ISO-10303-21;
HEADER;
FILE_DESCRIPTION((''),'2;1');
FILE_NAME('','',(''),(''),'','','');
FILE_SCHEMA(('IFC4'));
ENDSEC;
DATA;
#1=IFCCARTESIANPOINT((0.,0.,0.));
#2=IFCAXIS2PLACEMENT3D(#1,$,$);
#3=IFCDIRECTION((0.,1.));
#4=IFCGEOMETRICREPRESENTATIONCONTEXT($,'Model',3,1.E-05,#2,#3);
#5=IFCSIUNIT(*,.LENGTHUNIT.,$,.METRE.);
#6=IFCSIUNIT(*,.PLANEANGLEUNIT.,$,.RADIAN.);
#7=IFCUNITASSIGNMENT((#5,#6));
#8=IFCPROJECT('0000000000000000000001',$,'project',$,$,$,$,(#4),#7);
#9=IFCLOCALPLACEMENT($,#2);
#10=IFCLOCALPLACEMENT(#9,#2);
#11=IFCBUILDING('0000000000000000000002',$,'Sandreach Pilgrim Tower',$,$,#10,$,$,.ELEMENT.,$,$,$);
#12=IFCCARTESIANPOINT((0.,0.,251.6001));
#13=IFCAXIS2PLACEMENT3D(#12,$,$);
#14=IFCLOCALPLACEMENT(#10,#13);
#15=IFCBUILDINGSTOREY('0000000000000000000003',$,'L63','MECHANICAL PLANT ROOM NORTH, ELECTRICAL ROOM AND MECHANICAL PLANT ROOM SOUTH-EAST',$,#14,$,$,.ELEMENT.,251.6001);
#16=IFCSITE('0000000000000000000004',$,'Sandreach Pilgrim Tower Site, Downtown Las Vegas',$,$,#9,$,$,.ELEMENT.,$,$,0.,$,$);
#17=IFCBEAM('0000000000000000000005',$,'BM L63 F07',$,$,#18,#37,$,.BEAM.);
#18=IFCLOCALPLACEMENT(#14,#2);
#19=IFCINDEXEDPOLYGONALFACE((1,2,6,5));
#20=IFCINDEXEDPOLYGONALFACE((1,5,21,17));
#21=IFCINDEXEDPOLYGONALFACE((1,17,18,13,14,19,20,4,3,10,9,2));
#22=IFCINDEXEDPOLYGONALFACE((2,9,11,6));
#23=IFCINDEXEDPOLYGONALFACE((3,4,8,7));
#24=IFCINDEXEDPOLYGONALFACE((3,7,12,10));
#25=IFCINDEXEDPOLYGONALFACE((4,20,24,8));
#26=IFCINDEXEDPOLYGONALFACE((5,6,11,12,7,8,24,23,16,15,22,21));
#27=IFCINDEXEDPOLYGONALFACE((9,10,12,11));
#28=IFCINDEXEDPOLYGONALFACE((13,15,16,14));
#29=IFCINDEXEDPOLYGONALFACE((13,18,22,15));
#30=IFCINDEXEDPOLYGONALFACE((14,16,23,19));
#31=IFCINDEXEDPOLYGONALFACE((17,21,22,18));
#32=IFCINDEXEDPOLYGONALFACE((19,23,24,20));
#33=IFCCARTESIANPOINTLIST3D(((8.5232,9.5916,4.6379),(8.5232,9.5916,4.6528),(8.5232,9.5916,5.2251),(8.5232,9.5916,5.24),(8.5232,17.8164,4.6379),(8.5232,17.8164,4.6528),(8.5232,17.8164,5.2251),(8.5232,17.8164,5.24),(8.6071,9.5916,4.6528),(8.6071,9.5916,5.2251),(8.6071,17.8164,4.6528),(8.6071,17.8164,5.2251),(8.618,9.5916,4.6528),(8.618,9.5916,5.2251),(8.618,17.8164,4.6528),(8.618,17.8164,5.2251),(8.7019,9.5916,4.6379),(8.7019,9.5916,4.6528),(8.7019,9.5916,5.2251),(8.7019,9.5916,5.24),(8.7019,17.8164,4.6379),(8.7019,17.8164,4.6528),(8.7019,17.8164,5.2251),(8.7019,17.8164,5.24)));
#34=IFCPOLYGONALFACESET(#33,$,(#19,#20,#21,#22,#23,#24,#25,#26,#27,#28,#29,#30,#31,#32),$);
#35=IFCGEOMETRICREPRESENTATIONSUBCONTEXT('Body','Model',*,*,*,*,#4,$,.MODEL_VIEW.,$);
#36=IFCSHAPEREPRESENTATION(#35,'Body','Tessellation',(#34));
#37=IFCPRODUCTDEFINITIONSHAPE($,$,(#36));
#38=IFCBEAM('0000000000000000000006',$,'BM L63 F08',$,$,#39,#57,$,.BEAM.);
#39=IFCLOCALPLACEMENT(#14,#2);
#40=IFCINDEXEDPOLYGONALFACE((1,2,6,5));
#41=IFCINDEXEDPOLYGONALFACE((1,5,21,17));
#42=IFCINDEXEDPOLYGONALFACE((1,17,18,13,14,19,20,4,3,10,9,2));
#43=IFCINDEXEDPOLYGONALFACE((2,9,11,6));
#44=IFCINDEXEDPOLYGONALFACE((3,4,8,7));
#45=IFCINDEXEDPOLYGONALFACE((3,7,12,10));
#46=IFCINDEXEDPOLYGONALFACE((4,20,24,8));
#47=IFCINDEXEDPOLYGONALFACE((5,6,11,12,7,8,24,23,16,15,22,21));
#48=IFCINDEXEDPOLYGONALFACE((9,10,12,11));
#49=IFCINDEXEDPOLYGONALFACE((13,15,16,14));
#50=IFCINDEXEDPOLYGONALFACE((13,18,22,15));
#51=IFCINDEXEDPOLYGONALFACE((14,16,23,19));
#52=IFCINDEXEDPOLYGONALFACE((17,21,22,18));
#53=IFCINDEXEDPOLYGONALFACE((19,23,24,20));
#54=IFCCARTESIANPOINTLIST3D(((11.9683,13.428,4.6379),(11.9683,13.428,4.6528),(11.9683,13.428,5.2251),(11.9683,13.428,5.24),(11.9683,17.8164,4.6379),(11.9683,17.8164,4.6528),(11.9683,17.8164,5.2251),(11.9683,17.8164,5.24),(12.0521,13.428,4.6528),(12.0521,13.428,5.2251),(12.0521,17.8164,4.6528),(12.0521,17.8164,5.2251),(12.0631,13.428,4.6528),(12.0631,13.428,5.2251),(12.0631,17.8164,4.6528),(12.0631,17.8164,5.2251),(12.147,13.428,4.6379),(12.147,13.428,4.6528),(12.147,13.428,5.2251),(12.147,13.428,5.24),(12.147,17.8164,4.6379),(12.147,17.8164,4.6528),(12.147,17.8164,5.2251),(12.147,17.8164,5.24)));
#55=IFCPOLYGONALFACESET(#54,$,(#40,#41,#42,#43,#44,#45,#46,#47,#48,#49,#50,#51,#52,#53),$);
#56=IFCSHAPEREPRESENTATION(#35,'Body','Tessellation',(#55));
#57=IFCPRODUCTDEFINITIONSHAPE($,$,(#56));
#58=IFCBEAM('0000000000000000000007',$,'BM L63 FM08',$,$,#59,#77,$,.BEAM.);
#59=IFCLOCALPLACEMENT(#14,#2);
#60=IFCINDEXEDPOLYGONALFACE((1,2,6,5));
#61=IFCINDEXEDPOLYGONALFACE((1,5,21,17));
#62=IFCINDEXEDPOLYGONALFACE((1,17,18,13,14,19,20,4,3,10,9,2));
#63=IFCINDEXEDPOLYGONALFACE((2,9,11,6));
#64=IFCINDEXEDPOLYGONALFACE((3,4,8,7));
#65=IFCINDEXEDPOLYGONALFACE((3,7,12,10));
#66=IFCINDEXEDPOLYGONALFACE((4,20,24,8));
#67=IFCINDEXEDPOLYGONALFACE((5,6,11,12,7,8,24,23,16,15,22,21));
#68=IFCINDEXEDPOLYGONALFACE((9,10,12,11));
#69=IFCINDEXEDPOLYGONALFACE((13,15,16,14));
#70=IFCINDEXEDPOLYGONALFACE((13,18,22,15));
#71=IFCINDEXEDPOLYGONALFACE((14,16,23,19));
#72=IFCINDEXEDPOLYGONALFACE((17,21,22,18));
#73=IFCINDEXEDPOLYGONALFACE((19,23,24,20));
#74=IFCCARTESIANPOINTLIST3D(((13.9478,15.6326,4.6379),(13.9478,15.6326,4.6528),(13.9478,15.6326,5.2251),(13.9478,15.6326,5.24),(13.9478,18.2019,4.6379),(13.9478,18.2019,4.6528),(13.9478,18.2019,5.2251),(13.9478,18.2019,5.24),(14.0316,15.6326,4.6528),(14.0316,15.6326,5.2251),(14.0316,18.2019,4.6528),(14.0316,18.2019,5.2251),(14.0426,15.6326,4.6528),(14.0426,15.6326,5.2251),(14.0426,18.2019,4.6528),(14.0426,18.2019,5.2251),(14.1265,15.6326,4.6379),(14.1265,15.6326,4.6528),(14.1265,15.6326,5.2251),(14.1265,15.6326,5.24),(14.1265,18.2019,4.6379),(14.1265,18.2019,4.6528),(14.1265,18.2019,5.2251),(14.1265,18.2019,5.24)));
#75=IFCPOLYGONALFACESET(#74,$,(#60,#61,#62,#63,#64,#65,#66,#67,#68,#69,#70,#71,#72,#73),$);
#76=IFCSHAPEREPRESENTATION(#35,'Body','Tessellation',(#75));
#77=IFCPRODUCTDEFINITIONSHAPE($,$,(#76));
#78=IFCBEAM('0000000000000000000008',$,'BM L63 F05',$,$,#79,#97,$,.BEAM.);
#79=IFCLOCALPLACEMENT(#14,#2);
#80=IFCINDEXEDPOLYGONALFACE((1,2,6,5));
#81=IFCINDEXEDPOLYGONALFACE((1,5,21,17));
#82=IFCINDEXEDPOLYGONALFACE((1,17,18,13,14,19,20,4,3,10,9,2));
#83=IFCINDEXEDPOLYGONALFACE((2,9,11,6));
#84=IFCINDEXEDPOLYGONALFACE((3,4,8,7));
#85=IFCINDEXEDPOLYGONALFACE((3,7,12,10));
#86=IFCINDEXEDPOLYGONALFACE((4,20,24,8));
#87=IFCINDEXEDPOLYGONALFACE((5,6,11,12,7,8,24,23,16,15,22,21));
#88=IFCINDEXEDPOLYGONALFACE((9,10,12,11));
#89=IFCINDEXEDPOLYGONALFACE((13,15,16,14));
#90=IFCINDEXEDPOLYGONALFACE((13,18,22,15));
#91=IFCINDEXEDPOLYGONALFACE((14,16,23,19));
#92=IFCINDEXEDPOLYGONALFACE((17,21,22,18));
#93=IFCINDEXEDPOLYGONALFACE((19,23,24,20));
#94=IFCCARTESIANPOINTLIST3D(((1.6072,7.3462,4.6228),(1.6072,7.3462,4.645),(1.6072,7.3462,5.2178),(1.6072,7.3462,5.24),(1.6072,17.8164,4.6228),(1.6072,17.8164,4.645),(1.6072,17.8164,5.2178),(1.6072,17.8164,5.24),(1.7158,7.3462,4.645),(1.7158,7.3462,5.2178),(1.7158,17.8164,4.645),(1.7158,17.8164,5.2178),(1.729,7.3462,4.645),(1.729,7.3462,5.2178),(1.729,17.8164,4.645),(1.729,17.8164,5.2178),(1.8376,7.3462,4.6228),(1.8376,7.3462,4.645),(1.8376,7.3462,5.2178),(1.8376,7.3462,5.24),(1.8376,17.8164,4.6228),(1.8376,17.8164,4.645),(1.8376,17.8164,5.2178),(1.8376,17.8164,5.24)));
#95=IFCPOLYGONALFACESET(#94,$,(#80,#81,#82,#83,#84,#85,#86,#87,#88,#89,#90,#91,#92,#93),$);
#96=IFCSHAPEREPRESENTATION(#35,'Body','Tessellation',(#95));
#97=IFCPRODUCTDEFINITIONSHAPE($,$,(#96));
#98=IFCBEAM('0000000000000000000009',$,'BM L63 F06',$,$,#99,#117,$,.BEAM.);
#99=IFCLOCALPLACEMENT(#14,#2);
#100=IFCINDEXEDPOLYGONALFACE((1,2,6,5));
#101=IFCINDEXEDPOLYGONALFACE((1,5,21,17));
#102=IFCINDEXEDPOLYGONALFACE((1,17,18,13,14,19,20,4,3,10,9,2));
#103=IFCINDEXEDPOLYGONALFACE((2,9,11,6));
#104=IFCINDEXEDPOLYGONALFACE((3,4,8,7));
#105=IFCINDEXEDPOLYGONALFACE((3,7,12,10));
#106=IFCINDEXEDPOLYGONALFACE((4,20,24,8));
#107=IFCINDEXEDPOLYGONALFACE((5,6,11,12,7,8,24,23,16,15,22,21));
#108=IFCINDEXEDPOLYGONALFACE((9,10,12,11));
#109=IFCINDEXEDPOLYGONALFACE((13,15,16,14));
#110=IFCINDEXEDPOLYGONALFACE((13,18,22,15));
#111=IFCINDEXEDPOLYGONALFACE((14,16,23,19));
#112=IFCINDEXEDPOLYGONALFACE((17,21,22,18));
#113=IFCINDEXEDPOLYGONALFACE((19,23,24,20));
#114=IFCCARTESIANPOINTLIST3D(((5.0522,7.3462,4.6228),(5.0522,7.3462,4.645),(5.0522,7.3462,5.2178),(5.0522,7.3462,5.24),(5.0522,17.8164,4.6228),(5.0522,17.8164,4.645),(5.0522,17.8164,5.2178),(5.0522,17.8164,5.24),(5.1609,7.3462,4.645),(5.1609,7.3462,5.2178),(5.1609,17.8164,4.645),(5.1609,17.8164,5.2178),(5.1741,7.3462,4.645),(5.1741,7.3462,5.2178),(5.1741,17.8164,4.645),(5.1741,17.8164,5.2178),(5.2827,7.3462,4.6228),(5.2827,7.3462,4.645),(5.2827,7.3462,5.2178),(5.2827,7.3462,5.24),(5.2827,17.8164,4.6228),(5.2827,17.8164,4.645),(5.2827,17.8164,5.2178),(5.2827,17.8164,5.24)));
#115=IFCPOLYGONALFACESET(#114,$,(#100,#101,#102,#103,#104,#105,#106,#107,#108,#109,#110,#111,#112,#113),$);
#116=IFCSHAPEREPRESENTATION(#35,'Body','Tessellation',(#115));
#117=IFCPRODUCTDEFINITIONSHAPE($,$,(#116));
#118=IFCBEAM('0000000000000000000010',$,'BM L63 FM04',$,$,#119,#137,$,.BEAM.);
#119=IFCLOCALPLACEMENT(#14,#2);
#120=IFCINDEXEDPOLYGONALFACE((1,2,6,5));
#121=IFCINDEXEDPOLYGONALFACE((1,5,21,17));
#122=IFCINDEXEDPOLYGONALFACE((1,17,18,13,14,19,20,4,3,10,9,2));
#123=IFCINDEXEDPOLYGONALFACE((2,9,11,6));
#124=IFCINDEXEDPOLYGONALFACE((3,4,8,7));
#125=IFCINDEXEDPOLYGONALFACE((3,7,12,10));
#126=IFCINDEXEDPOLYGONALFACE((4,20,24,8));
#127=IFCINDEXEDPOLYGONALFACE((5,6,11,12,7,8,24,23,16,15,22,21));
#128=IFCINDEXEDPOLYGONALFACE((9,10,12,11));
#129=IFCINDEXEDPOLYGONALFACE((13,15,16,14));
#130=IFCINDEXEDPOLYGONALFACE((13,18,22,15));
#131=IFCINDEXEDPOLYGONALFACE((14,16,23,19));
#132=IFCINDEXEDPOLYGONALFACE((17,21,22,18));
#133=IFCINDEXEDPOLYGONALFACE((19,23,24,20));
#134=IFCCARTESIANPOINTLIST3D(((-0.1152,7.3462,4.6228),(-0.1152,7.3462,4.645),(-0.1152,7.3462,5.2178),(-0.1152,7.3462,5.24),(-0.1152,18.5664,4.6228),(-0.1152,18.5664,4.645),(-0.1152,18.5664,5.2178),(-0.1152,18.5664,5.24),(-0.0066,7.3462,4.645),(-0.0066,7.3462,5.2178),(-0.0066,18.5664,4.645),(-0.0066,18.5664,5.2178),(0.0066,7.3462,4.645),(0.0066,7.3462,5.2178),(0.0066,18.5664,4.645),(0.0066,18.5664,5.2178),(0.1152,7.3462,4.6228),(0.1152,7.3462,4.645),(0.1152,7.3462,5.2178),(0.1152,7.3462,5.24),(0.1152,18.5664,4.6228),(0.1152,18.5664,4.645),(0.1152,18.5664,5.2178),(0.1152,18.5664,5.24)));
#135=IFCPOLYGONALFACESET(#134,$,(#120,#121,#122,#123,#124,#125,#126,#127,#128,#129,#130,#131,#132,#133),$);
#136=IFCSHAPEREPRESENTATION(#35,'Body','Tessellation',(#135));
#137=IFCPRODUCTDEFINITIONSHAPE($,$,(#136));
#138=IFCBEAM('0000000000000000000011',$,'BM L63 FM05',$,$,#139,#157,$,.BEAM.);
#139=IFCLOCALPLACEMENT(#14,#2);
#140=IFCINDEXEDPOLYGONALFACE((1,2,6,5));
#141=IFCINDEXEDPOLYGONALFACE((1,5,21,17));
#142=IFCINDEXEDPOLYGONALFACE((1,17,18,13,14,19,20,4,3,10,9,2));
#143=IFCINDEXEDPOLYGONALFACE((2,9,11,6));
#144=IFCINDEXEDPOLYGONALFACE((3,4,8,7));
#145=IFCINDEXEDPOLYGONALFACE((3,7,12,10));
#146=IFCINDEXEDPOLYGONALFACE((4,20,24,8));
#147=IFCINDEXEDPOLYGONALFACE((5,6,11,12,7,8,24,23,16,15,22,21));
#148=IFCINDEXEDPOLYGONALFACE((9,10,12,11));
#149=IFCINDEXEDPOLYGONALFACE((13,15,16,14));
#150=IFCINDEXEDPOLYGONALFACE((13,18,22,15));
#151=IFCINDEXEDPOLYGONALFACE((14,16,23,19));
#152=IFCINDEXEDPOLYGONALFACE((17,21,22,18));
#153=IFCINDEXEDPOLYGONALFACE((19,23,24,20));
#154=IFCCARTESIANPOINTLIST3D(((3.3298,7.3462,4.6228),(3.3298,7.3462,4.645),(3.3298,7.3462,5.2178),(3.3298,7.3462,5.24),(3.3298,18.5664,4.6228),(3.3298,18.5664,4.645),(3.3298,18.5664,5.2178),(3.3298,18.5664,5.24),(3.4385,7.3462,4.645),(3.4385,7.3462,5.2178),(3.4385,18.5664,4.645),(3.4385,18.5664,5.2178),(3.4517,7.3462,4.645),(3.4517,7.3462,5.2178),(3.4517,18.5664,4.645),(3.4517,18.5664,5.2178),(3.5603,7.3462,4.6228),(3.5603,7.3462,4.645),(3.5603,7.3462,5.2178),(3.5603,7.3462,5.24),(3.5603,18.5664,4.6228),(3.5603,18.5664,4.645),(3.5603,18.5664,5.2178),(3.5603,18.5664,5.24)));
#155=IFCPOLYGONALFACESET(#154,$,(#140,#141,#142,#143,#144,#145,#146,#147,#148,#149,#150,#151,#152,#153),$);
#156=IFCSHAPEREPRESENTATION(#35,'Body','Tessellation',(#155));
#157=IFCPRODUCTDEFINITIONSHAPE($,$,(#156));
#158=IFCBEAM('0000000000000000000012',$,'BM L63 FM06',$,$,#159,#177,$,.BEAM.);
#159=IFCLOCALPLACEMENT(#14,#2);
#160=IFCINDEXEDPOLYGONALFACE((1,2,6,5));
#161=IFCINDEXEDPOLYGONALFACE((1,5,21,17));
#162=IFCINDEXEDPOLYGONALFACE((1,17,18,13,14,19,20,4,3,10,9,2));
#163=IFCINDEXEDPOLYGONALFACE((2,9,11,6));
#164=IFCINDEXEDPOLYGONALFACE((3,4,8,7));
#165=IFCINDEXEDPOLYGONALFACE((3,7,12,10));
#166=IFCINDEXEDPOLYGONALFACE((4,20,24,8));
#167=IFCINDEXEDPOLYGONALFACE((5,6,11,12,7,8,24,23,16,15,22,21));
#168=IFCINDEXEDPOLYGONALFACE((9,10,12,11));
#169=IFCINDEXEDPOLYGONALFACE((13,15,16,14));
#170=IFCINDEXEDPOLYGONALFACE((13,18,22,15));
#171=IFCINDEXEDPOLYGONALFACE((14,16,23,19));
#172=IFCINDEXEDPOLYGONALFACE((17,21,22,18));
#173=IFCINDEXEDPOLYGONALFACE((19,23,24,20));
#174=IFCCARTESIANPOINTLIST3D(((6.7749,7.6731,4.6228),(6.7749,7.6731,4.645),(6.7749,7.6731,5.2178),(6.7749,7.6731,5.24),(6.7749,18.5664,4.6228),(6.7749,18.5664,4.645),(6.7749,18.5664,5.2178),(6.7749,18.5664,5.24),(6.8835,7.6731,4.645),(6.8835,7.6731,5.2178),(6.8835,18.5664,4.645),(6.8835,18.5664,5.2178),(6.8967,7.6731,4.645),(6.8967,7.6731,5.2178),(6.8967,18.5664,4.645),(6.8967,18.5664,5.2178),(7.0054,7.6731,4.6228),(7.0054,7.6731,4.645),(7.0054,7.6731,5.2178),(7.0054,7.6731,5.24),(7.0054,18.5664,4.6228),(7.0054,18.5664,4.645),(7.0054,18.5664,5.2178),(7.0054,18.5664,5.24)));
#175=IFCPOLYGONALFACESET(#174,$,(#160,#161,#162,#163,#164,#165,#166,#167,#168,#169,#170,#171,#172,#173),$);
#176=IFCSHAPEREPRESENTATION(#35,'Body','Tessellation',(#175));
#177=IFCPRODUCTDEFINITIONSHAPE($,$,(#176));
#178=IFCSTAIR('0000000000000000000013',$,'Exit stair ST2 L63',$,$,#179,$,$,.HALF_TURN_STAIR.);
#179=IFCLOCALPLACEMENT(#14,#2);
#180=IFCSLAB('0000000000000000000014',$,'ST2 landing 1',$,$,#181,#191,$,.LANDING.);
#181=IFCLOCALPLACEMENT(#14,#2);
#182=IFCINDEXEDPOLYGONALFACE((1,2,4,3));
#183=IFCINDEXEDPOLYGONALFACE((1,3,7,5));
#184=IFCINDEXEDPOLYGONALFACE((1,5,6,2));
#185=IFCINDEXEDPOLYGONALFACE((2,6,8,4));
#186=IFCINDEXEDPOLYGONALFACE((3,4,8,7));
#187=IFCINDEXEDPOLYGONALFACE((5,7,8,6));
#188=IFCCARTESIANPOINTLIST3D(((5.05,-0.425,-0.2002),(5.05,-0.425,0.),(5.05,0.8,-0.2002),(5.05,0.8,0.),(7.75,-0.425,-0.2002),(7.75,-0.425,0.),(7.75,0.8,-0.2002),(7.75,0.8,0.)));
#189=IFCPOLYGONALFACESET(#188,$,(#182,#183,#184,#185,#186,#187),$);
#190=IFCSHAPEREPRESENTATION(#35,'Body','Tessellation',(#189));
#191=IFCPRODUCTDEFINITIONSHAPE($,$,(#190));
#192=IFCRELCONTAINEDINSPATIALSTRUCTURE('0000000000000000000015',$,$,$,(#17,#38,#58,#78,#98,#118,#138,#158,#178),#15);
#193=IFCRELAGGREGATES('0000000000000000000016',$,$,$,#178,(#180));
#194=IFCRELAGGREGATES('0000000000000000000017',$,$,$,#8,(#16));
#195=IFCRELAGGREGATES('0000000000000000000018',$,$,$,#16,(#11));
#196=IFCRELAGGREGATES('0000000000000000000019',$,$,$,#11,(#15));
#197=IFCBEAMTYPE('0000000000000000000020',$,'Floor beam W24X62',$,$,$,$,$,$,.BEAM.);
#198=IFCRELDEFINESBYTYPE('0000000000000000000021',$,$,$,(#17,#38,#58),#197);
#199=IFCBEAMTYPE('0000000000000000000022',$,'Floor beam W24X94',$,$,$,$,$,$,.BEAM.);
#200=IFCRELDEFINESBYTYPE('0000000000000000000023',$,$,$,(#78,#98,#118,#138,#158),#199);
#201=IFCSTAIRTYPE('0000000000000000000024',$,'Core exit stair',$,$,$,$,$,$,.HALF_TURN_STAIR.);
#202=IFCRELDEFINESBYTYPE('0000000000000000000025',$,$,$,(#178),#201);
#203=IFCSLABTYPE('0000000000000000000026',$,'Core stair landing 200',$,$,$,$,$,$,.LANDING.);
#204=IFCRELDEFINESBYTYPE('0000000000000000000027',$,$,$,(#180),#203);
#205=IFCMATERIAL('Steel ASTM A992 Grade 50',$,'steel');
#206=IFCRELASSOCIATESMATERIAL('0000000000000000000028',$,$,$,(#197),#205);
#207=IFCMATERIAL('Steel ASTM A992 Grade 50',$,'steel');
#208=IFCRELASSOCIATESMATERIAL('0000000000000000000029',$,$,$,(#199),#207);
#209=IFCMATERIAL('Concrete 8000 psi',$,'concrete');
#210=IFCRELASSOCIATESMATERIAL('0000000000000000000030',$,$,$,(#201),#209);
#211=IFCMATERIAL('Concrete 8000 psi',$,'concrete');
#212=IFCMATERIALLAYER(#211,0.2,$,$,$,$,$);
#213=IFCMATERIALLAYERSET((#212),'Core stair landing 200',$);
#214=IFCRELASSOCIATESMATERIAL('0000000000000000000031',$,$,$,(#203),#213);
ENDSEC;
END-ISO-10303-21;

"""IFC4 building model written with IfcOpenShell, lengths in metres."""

from ifc_helpers import new_model, si_unit, direction, frame, origin, origin_2d, place, context, subcontext, project, spatial, polyline, i_section, outline, extrude, material, layer, layer_set, material_profile, profile_set, type_object, element, aggregate, save


model = new_model("IFC4")

# Units and contexts
model_context = context("Model", 3, precision=1e-05, world=origin(), true_north=direction((0.0, 1.0)))
body_context = subcontext(model_context, "Body", "Model", "MODEL_VIEW")
ifc_project = project(units=[si_unit("LENGTHUNIT", "METRE"), si_unit("PLANEANGLEUNIT", "RADIAN")], contexts=[model_context])

# Site, building, storey
site_placement = place(None, origin())
site = spatial("IfcSite", under=ifc_project, at=site_placement, Name="Sandreach Pilgrim Tower Site, Downtown Las Vegas", CompositionType="ELEMENT", RefElevation=0.0)
building_placement = place(site_placement, origin())
building = spatial("IfcBuilding", under=site, at=building_placement, Name="Sandreach Pilgrim Tower", CompositionType="ELEMENT")
storey_placement = place(building_placement, frame((0.0, 0.0, 251.6001)))
storey = spatial("IfcBuildingStorey", under=building, at=storey_placement, Name="L63", Description="MECHANICAL PLANT ROOM NORTH, ELECTRICAL ROOM AND MECHANICAL PLANT ROOM SOUTH-EAST", CompositionType="ELEMENT", Elevation=251.6001)

# Beams
ifc_material_1 = material(Name="Steel ASTM A992 Grade 50", Category="steel")
ifc_material_profile_1 = material_profile(ifc_material_1, i_section(OverallWidth=0.1787, OverallDepth=0.6021, WebThickness=0.011, FlangeThickness=0.0149, at=origin_2d()), Name="W24X62")
ifc_profile_set_1 = profile_set([ifc_material_profile_1], Name="Steel ASTM A992 Grade 50")
beam_type_1 = type_object("IfcBeamType", Name="Floor beam W24X62", PredefinedType="BEAM", material=ifc_profile_set_1)
beam_1_placement = place(storey_placement, frame((8.6125, 17.8164, 4.939), z_axis=(0.0, -1.0, 0.0), x_axis=(1.0, 0.0, 0.0)))
element("IfcBeam", 1, at=beam_1_placement, inside=storey, type_object=beam_type_1, Name="BM L63 F07", PredefinedType="BEAM", context=body_context, shape_type="SweptSolid", body=[
    extrude(i_section(OverallWidth=0.1787, OverallDepth=0.6021, WebThickness=0.011, FlangeThickness=0.0149, at=origin_2d()), origin(), (0.0, 0.0, 1.0), 8.2249),
])
beam_2_placement = place(storey_placement, frame((12.0576, 17.8164, 4.939), z_axis=(0.0, -1.0, 0.0), x_axis=(1.0, 0.0, 0.0)))
element("IfcBeam", 2, at=beam_2_placement, inside=storey, type_object=beam_type_1, Name="BM L63 F08", PredefinedType="BEAM", context=body_context, shape_type="SweptSolid", body=[
    extrude(i_section(OverallWidth=0.1787, OverallDepth=0.6021, WebThickness=0.011, FlangeThickness=0.0149, at=origin_2d()), origin(), (0.0, 0.0, 1.0), 4.3884),
])
beam_3_placement = place(storey_placement, frame((14.0371, 18.2019, 4.939), z_axis=(0.0, -1.0, 0.0), x_axis=(1.0, 0.0, 0.0)))
element("IfcBeam", 3, at=beam_3_placement, inside=storey, type_object=beam_type_1, Name="BM L63 FM08", PredefinedType="BEAM", context=body_context, shape_type="SweptSolid", body=[
    extrude(i_section(OverallWidth=0.1787, OverallDepth=0.6021, WebThickness=0.011, FlangeThickness=0.0149, at=origin_2d()), origin(), (0.0, 0.0, 1.0), 2.5693),
])
ifc_material_2 = material(Name="Steel ASTM A992 Grade 50", Category="steel")
ifc_material_profile_2 = material_profile(ifc_material_2, i_section(OverallWidth=0.2305, OverallDepth=0.6172, WebThickness=0.0132, FlangeThickness=0.0222, at=origin_2d()), Name="W24X94")
ifc_profile_set_2 = profile_set([ifc_material_profile_2], Name="Steel ASTM A992 Grade 50")
beam_type_2 = type_object("IfcBeamType", Name="Floor beam W24X94", PredefinedType="BEAM", material=ifc_profile_set_2)
for number, where, z_axis, x_axis, name in (
    (4, (1.7224, 17.8164, 4.9314), (0.0, -1.0, 0.0), (1.0, 0.0, 0.0), "BM L63 F05"),
    (5, (5.1675, 17.8164, 4.9314), (0.0, -1.0, 0.0), (1.0, 0.0, 0.0), "BM L63 F06"),
):
    element("IfcBeam", number, at=place(storey_placement, frame(where, z_axis=z_axis, x_axis=x_axis)), inside=storey, type_object=beam_type_2, Name=name, PredefinedType="BEAM", context=body_context, shape_type="SweptSolid", body=[
        extrude(i_section(OverallWidth=0.2305, OverallDepth=0.6172, WebThickness=0.0132, FlangeThickness=0.0222, at=origin_2d()), origin(), (0.0, 0.0, 1.0), 10.4702),
    ])
for number, where, z_axis, x_axis, name in (
    (6, (0.0, 18.5664, 4.9314), (0.0, -1.0, 0.0), (1.0, 0.0, 0.0), "BM L63 FM04"),
    (7, (3.4451, 18.5664, 4.9314), (0.0, -1.0, 0.0), (1.0, 0.0, 0.0), "BM L63 FM05"),
):
    element("IfcBeam", number, at=place(storey_placement, frame(where, z_axis=z_axis, x_axis=x_axis)), inside=storey, type_object=beam_type_2, Name=name, PredefinedType="BEAM", context=body_context, shape_type="SweptSolid", body=[
        extrude(i_section(OverallWidth=0.2305, OverallDepth=0.6172, WebThickness=0.0132, FlangeThickness=0.0222, at=origin_2d()), origin(), (0.0, 0.0, 1.0), 11.2202),
    ])
beam_4_placement = place(storey_placement, frame((6.8901, 18.5664, 4.9314), z_axis=(0.0, -1.0, 0.0), x_axis=(1.0, 0.0, 0.0)))
element("IfcBeam", 8, at=beam_4_placement, inside=storey, type_object=beam_type_2, Name="BM L63 FM06", PredefinedType="BEAM", context=body_context, shape_type="SweptSolid", body=[
    extrude(i_section(OverallWidth=0.2305, OverallDepth=0.6172, WebThickness=0.0132, FlangeThickness=0.0222, at=origin_2d()), origin(), (0.0, 0.0, 1.0), 10.8933),
])

# Stair, slab
ifc_material_3 = material(Name="Concrete 8000 psi", Category="concrete")
stair_type = type_object("IfcStairType", Name="Core exit stair", PredefinedType="HALF_TURN_STAIR", material=ifc_material_3)
stair_placement = place(storey_placement, origin())
stair = element("IfcStair", 9, at=stair_placement, inside=storey, type_object=stair_type, Name="Exit stair ST2 L63", PredefinedType="HALF_TURN_STAIR")
ifc_material_4 = material(Name="Concrete 8000 psi", Category="concrete")
ifc_layer_1 = layer(ifc_material_4, 0.2)
ifc_layer_set_1 = layer_set([ifc_layer_1], Name="Core stair landing 200")
slab_type = type_object("IfcSlabType", Name="Core stair landing 200", PredefinedType="LANDING", material=ifc_layer_set_1)
slab_1_placement = place(storey_placement, frame((0.0, 0.0, -0.2002)))
slab_1 = element("IfcSlab", 10, at=slab_1_placement, type_object=slab_type, Name="ST2 landing 1", PredefinedType="LANDING", context=body_context, shape_type="SweptSolid", body=[
    extrude(outline(polyline([(5.05, -0.425), (7.75, -0.425), (7.75, 0.8), (5.05, 0.8), (5.05, -0.425)])), origin(), (0.0, 0.0, 1.0), 0.2002),
])
aggregate(stair, [slab_1])

save(model, "model.ifc")
